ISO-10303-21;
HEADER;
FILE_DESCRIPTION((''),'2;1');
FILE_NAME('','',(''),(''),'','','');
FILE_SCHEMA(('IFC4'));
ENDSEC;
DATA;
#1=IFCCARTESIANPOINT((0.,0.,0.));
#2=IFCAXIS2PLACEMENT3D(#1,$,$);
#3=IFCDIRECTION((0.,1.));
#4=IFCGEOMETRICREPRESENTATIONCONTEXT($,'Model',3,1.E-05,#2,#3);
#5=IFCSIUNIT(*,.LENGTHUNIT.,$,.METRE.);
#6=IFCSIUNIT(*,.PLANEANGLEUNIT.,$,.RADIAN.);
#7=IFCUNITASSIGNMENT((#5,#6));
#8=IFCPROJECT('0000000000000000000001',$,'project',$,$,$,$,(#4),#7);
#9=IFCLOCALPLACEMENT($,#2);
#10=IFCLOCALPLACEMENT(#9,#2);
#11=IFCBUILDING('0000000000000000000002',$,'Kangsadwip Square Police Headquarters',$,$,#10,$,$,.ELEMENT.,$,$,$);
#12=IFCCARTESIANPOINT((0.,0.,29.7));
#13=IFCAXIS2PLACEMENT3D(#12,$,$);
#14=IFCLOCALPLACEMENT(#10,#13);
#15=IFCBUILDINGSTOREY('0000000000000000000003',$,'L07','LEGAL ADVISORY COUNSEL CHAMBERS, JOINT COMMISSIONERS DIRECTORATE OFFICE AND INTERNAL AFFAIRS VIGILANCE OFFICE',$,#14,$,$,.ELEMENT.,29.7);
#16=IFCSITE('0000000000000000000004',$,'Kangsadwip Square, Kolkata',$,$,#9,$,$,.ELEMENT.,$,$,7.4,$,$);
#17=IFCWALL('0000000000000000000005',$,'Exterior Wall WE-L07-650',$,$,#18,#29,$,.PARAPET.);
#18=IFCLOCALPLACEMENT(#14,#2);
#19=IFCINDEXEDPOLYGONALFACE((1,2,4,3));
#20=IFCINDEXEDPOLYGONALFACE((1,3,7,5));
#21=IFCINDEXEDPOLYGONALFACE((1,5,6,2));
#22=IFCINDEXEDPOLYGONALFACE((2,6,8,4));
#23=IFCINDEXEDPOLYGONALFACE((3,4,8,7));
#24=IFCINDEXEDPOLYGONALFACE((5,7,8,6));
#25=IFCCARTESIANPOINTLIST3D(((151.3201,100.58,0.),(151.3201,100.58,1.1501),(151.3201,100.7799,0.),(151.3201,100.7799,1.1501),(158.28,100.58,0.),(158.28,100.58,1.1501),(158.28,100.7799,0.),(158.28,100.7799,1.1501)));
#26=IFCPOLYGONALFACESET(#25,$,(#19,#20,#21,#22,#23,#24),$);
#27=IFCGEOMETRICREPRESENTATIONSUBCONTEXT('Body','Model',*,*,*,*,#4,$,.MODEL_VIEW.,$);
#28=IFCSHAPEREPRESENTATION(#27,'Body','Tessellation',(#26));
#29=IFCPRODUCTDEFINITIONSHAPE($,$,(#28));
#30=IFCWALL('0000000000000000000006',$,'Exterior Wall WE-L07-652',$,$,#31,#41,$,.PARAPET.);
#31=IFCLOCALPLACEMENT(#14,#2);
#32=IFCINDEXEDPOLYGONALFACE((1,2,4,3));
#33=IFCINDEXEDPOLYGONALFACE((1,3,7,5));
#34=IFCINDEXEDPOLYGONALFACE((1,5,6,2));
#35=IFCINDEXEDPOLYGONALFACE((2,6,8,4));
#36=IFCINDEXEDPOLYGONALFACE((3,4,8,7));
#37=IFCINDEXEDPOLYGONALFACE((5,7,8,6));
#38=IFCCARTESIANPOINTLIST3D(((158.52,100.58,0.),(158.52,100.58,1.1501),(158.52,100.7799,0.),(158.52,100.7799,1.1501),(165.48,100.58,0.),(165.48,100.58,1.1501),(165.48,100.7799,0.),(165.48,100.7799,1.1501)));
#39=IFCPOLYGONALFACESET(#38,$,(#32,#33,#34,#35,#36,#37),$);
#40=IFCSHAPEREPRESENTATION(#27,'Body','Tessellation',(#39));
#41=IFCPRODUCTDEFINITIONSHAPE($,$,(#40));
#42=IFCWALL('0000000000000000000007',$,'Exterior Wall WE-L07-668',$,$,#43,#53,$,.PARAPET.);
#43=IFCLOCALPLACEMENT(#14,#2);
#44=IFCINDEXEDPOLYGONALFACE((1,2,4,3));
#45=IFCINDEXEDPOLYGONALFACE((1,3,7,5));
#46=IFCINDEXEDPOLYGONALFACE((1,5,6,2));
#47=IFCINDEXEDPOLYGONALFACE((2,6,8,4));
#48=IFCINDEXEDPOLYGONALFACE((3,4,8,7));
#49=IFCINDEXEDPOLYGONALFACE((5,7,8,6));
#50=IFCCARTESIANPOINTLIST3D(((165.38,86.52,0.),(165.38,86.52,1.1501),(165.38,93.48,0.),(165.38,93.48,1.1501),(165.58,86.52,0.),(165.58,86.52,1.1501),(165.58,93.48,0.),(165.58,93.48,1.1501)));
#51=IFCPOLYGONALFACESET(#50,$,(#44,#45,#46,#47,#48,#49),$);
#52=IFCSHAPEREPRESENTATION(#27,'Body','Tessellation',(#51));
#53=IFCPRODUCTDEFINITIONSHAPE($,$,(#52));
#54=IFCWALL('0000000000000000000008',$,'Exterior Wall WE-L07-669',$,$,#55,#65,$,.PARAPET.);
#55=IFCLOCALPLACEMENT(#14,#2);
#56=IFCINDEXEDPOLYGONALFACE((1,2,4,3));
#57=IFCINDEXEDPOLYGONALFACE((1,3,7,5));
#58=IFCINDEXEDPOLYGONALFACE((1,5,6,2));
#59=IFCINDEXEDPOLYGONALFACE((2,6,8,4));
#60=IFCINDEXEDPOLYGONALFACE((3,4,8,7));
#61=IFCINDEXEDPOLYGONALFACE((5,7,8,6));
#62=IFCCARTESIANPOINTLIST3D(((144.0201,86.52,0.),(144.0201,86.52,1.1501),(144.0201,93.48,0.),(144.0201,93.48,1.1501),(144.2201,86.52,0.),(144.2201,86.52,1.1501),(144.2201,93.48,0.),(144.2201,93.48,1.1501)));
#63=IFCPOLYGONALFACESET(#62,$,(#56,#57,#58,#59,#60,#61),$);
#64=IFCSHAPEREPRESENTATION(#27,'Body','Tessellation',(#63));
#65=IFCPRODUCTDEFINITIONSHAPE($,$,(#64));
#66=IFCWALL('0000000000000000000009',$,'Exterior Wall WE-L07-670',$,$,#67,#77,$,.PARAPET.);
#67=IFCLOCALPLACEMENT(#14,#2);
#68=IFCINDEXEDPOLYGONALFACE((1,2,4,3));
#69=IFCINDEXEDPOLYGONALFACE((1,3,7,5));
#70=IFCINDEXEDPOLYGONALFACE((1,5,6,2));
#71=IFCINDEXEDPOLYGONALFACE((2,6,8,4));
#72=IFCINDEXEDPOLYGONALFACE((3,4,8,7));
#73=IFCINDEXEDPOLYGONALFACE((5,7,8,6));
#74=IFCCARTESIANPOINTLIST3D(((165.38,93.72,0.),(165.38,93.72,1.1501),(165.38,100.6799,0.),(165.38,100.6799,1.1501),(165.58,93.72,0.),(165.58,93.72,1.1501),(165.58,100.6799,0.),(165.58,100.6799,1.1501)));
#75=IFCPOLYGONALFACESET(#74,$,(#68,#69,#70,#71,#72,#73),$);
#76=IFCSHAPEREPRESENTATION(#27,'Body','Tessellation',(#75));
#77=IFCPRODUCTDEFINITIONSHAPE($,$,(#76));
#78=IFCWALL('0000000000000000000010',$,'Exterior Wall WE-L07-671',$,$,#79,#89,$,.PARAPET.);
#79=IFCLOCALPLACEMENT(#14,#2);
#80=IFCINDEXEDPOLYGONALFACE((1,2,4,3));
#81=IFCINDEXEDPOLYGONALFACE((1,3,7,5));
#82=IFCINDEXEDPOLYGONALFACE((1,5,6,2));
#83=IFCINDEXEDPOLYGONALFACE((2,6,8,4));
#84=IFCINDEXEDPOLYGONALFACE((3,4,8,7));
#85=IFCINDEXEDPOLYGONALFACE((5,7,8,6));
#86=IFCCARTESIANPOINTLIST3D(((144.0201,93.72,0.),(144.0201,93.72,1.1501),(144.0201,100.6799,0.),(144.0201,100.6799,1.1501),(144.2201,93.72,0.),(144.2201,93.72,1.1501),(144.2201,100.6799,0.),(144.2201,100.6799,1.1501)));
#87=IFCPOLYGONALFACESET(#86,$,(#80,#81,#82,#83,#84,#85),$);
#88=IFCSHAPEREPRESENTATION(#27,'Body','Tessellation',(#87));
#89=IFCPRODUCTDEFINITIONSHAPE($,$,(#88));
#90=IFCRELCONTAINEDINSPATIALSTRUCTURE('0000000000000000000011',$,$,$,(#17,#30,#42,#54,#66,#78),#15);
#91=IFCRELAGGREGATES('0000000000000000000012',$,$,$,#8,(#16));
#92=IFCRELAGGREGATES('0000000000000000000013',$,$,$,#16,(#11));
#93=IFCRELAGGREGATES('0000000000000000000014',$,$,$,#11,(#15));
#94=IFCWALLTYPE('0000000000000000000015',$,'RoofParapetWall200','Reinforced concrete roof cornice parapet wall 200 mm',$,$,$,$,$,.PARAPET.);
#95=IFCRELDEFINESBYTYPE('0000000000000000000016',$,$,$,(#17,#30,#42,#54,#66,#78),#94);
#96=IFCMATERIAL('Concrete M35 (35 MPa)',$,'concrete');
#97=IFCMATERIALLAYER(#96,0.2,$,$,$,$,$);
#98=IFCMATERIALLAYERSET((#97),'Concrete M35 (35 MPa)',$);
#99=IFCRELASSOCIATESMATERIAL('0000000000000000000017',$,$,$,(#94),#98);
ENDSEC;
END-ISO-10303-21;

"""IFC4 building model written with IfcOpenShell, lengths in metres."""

from ifc_helpers import new_model, si_unit, direction, frame, frame_2d, origin, place, context, subcontext, project, spatial, rectangle, extrude, material, layer, layer_set, type_object, element, save


model = new_model("IFC4")

# Units and contexts
model_context = context("Model", 3, precision=1e-05, world=origin(), true_north=direction((0.0, 1.0)))
body_context = subcontext(model_context, "Body", "Model", "MODEL_VIEW")
ifc_project = project(units=[si_unit("LENGTHUNIT", "METRE"), si_unit("PLANEANGLEUNIT", "RADIAN")], contexts=[model_context])

# Site, building, storey
site_placement = place(None, origin())
site = spatial("IfcSite", under=ifc_project, at=site_placement, Name="Kangsadwip Square, Kolkata", CompositionType="ELEMENT", RefElevation=7.4)
building_placement = place(site_placement, origin())
building = spatial("IfcBuilding", under=site, at=building_placement, Name="Kangsadwip Square Police Headquarters", CompositionType="ELEMENT")
storey_placement = place(building_placement, frame((0.0, 0.0, 29.7)))
storey = spatial("IfcBuildingStorey", under=building, at=storey_placement, Name="L07", Description="LEGAL ADVISORY COUNSEL CHAMBERS, JOINT COMMISSIONERS DIRECTORATE OFFICE AND INTERNAL AFFAIRS VIGILANCE OFFICE", CompositionType="ELEMENT", Elevation=29.7)

# Walls
ifc_material_1 = material(Name="Concrete M35 (35 MPa)", Category="concrete")
ifc_layer = layer(ifc_material_1, 0.2)
ifc_layer_set = layer_set([ifc_layer], Name="Concrete M35 (35 MPa)")
wall_type = type_object("IfcWallType", Name="RoofParapetWall200", Description="Reinforced concrete roof cornice parapet wall 200 mm", PredefinedType="PARAPET", material=ifc_layer_set)
for number, where, z_axis, x_axis, name in (
    (1, (151.3201, 100.6799, 0.0), (0.0, 0.0, 1.0), (1.0, 0.0, 0.0), "Exterior Wall WE-L07-650"),
    (2, (158.52, 100.6799, 0.0), (0.0, 0.0, 1.0), (1.0, 0.0, 0.0), "Exterior Wall WE-L07-652"),
    (3, (165.48, 86.52, 0.0), (0.0, 0.0, 1.0), (0.0, 1.0, 0.0), "Exterior Wall WE-L07-668"),
    (4, (144.1201, 86.52, 0.0), (0.0, 0.0, 1.0), (0.0, 1.0, 0.0), "Exterior Wall WE-L07-669"),
    (5, (165.48, 93.72, 0.0), (0.0, 0.0, 1.0), (0.0, 1.0, 0.0), "Exterior Wall WE-L07-670"),
    (6, (144.1201, 93.72, 0.0), (0.0, 0.0, 1.0), (0.0, 1.0, 0.0), "Exterior Wall WE-L07-671"),
):
    element("IfcWall", number, at=place(storey_placement, frame(where, z_axis=z_axis, x_axis=x_axis)), inside=storey, type_object=wall_type, Name=name, PredefinedType="PARAPET", context=body_context, shape_type="SweptSolid", body=[
        extrude(rectangle(XDim=6.96, YDim=0.2, at=frame_2d((3.48, 0.0))), origin(), (0.0, 0.0, 1.0), 1.1501),
    ])

save(model, "model.ifc")
